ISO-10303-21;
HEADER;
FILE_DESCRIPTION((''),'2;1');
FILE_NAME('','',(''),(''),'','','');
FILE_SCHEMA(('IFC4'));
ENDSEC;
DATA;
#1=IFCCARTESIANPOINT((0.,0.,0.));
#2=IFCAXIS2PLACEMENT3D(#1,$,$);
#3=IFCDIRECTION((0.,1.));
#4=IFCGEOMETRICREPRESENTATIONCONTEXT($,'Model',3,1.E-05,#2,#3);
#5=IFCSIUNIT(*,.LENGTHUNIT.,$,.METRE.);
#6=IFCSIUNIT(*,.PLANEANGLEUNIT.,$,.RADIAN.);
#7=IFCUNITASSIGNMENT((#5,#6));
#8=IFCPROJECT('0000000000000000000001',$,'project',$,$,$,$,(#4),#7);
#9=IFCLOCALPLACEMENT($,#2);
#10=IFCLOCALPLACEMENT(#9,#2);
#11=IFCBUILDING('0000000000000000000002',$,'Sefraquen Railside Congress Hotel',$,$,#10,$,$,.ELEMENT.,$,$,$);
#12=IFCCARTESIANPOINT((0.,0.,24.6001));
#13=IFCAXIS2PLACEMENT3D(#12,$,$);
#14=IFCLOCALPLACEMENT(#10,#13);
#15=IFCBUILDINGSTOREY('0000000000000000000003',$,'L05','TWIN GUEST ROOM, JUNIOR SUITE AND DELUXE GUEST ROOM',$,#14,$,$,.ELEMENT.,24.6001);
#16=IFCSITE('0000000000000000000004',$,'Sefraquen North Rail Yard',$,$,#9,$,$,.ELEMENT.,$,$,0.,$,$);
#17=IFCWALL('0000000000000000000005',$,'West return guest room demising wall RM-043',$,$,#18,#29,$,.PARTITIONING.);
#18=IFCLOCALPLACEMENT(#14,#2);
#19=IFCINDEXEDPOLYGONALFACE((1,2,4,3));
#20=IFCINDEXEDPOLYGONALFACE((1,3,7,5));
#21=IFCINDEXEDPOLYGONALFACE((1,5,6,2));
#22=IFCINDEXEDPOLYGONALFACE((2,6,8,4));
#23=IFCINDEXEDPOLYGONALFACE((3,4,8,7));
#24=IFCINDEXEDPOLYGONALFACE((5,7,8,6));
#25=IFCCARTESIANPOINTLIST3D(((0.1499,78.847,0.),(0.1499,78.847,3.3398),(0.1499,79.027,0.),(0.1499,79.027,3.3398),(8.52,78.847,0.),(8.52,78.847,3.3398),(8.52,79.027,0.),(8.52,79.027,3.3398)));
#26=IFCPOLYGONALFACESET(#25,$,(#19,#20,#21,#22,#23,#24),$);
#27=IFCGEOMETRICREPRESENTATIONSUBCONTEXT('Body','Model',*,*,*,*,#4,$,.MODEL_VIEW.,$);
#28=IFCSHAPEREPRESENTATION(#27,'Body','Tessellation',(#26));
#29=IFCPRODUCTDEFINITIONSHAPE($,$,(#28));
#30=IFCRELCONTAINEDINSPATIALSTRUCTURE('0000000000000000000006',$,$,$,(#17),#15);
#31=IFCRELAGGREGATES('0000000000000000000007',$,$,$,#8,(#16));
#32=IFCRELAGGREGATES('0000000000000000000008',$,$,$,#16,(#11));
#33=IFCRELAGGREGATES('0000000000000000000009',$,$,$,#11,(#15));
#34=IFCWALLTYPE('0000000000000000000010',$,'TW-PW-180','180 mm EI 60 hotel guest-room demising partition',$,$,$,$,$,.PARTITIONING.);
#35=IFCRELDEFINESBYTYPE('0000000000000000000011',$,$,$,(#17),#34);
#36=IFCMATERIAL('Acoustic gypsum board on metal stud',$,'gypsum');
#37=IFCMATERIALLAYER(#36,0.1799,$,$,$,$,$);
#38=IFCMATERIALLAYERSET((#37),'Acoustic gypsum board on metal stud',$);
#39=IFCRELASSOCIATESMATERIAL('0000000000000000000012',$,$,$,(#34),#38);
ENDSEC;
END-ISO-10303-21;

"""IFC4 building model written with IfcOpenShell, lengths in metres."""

from ifc_helpers import new_model, si_unit, direction, frame, frame_2d, origin, place, context, subcontext, project, spatial, rectangle, extrude, material, layer, layer_set, type_object, element, save


model = new_model("IFC4")

# Units and contexts
model_context = context("Model", 3, precision=1e-05, world=origin(), true_north=direction((0.0, 1.0)))
body_context = subcontext(model_context, "Body", "Model", "MODEL_VIEW")
ifc_project = project(units=[si_unit("LENGTHUNIT", "METRE"), si_unit("PLANEANGLEUNIT", "RADIAN")], contexts=[model_context])

# Site, building, storey
site_placement = place(None, origin())
site = spatial("IfcSite", under=ifc_project, at=site_placement, Name="Sefraquen North Rail Yard", CompositionType="ELEMENT", RefElevation=0.0)
building_placement = place(site_placement, origin())
building = spatial("IfcBuilding", under=site, at=building_placement, Name="Sefraquen Railside Congress Hotel", CompositionType="ELEMENT")
storey_placement = place(building_placement, frame((0.0, 0.0, 24.6001)))
storey = spatial("IfcBuildingStorey", under=building, at=storey_placement, Name="L05", Description="TWIN GUEST ROOM, JUNIOR SUITE AND DELUXE GUEST ROOM", CompositionType="ELEMENT", Elevation=24.6001)

# Wall
ifc_material_1 = material(Name="Acoustic gypsum board on metal stud", Category="gypsum")
ifc_layer_1 = layer(ifc_material_1, 0.1799)
ifc_layer_set_1 = layer_set([ifc_layer_1], Name="Acoustic gypsum board on metal stud")
wall_type_1 = type_object("IfcWallType", Name="TW-PW-180", Description="180 mm EI 60 hotel guest-room demising partition", PredefinedType="PARTITIONING", material=ifc_layer_set_1)
for number, where, z_axis, x_axis, name in (
    (1, (0.1499, 78.937, 0.0), (0.0, 0.0, 1.0), (1.0, 0.0, 0.0), "West return guest room demising wall RM-043"),
):
    element("IfcWall", number, at=place(storey_placement, frame(where, z_axis=z_axis, x_axis=x_axis)), inside=storey, type_object=wall_type_1, Name=name, PredefinedType="PARTITIONING", context=body_context, shape_type="SweptSolid", body=[
        extrude(rectangle(XDim=8.3701, YDim=0.1799, at=frame_2d((4.1851, 0.0))), origin(), (0.0, 0.0, 1.0), 3.3398),
    ])

save(model, "model.ifc")
